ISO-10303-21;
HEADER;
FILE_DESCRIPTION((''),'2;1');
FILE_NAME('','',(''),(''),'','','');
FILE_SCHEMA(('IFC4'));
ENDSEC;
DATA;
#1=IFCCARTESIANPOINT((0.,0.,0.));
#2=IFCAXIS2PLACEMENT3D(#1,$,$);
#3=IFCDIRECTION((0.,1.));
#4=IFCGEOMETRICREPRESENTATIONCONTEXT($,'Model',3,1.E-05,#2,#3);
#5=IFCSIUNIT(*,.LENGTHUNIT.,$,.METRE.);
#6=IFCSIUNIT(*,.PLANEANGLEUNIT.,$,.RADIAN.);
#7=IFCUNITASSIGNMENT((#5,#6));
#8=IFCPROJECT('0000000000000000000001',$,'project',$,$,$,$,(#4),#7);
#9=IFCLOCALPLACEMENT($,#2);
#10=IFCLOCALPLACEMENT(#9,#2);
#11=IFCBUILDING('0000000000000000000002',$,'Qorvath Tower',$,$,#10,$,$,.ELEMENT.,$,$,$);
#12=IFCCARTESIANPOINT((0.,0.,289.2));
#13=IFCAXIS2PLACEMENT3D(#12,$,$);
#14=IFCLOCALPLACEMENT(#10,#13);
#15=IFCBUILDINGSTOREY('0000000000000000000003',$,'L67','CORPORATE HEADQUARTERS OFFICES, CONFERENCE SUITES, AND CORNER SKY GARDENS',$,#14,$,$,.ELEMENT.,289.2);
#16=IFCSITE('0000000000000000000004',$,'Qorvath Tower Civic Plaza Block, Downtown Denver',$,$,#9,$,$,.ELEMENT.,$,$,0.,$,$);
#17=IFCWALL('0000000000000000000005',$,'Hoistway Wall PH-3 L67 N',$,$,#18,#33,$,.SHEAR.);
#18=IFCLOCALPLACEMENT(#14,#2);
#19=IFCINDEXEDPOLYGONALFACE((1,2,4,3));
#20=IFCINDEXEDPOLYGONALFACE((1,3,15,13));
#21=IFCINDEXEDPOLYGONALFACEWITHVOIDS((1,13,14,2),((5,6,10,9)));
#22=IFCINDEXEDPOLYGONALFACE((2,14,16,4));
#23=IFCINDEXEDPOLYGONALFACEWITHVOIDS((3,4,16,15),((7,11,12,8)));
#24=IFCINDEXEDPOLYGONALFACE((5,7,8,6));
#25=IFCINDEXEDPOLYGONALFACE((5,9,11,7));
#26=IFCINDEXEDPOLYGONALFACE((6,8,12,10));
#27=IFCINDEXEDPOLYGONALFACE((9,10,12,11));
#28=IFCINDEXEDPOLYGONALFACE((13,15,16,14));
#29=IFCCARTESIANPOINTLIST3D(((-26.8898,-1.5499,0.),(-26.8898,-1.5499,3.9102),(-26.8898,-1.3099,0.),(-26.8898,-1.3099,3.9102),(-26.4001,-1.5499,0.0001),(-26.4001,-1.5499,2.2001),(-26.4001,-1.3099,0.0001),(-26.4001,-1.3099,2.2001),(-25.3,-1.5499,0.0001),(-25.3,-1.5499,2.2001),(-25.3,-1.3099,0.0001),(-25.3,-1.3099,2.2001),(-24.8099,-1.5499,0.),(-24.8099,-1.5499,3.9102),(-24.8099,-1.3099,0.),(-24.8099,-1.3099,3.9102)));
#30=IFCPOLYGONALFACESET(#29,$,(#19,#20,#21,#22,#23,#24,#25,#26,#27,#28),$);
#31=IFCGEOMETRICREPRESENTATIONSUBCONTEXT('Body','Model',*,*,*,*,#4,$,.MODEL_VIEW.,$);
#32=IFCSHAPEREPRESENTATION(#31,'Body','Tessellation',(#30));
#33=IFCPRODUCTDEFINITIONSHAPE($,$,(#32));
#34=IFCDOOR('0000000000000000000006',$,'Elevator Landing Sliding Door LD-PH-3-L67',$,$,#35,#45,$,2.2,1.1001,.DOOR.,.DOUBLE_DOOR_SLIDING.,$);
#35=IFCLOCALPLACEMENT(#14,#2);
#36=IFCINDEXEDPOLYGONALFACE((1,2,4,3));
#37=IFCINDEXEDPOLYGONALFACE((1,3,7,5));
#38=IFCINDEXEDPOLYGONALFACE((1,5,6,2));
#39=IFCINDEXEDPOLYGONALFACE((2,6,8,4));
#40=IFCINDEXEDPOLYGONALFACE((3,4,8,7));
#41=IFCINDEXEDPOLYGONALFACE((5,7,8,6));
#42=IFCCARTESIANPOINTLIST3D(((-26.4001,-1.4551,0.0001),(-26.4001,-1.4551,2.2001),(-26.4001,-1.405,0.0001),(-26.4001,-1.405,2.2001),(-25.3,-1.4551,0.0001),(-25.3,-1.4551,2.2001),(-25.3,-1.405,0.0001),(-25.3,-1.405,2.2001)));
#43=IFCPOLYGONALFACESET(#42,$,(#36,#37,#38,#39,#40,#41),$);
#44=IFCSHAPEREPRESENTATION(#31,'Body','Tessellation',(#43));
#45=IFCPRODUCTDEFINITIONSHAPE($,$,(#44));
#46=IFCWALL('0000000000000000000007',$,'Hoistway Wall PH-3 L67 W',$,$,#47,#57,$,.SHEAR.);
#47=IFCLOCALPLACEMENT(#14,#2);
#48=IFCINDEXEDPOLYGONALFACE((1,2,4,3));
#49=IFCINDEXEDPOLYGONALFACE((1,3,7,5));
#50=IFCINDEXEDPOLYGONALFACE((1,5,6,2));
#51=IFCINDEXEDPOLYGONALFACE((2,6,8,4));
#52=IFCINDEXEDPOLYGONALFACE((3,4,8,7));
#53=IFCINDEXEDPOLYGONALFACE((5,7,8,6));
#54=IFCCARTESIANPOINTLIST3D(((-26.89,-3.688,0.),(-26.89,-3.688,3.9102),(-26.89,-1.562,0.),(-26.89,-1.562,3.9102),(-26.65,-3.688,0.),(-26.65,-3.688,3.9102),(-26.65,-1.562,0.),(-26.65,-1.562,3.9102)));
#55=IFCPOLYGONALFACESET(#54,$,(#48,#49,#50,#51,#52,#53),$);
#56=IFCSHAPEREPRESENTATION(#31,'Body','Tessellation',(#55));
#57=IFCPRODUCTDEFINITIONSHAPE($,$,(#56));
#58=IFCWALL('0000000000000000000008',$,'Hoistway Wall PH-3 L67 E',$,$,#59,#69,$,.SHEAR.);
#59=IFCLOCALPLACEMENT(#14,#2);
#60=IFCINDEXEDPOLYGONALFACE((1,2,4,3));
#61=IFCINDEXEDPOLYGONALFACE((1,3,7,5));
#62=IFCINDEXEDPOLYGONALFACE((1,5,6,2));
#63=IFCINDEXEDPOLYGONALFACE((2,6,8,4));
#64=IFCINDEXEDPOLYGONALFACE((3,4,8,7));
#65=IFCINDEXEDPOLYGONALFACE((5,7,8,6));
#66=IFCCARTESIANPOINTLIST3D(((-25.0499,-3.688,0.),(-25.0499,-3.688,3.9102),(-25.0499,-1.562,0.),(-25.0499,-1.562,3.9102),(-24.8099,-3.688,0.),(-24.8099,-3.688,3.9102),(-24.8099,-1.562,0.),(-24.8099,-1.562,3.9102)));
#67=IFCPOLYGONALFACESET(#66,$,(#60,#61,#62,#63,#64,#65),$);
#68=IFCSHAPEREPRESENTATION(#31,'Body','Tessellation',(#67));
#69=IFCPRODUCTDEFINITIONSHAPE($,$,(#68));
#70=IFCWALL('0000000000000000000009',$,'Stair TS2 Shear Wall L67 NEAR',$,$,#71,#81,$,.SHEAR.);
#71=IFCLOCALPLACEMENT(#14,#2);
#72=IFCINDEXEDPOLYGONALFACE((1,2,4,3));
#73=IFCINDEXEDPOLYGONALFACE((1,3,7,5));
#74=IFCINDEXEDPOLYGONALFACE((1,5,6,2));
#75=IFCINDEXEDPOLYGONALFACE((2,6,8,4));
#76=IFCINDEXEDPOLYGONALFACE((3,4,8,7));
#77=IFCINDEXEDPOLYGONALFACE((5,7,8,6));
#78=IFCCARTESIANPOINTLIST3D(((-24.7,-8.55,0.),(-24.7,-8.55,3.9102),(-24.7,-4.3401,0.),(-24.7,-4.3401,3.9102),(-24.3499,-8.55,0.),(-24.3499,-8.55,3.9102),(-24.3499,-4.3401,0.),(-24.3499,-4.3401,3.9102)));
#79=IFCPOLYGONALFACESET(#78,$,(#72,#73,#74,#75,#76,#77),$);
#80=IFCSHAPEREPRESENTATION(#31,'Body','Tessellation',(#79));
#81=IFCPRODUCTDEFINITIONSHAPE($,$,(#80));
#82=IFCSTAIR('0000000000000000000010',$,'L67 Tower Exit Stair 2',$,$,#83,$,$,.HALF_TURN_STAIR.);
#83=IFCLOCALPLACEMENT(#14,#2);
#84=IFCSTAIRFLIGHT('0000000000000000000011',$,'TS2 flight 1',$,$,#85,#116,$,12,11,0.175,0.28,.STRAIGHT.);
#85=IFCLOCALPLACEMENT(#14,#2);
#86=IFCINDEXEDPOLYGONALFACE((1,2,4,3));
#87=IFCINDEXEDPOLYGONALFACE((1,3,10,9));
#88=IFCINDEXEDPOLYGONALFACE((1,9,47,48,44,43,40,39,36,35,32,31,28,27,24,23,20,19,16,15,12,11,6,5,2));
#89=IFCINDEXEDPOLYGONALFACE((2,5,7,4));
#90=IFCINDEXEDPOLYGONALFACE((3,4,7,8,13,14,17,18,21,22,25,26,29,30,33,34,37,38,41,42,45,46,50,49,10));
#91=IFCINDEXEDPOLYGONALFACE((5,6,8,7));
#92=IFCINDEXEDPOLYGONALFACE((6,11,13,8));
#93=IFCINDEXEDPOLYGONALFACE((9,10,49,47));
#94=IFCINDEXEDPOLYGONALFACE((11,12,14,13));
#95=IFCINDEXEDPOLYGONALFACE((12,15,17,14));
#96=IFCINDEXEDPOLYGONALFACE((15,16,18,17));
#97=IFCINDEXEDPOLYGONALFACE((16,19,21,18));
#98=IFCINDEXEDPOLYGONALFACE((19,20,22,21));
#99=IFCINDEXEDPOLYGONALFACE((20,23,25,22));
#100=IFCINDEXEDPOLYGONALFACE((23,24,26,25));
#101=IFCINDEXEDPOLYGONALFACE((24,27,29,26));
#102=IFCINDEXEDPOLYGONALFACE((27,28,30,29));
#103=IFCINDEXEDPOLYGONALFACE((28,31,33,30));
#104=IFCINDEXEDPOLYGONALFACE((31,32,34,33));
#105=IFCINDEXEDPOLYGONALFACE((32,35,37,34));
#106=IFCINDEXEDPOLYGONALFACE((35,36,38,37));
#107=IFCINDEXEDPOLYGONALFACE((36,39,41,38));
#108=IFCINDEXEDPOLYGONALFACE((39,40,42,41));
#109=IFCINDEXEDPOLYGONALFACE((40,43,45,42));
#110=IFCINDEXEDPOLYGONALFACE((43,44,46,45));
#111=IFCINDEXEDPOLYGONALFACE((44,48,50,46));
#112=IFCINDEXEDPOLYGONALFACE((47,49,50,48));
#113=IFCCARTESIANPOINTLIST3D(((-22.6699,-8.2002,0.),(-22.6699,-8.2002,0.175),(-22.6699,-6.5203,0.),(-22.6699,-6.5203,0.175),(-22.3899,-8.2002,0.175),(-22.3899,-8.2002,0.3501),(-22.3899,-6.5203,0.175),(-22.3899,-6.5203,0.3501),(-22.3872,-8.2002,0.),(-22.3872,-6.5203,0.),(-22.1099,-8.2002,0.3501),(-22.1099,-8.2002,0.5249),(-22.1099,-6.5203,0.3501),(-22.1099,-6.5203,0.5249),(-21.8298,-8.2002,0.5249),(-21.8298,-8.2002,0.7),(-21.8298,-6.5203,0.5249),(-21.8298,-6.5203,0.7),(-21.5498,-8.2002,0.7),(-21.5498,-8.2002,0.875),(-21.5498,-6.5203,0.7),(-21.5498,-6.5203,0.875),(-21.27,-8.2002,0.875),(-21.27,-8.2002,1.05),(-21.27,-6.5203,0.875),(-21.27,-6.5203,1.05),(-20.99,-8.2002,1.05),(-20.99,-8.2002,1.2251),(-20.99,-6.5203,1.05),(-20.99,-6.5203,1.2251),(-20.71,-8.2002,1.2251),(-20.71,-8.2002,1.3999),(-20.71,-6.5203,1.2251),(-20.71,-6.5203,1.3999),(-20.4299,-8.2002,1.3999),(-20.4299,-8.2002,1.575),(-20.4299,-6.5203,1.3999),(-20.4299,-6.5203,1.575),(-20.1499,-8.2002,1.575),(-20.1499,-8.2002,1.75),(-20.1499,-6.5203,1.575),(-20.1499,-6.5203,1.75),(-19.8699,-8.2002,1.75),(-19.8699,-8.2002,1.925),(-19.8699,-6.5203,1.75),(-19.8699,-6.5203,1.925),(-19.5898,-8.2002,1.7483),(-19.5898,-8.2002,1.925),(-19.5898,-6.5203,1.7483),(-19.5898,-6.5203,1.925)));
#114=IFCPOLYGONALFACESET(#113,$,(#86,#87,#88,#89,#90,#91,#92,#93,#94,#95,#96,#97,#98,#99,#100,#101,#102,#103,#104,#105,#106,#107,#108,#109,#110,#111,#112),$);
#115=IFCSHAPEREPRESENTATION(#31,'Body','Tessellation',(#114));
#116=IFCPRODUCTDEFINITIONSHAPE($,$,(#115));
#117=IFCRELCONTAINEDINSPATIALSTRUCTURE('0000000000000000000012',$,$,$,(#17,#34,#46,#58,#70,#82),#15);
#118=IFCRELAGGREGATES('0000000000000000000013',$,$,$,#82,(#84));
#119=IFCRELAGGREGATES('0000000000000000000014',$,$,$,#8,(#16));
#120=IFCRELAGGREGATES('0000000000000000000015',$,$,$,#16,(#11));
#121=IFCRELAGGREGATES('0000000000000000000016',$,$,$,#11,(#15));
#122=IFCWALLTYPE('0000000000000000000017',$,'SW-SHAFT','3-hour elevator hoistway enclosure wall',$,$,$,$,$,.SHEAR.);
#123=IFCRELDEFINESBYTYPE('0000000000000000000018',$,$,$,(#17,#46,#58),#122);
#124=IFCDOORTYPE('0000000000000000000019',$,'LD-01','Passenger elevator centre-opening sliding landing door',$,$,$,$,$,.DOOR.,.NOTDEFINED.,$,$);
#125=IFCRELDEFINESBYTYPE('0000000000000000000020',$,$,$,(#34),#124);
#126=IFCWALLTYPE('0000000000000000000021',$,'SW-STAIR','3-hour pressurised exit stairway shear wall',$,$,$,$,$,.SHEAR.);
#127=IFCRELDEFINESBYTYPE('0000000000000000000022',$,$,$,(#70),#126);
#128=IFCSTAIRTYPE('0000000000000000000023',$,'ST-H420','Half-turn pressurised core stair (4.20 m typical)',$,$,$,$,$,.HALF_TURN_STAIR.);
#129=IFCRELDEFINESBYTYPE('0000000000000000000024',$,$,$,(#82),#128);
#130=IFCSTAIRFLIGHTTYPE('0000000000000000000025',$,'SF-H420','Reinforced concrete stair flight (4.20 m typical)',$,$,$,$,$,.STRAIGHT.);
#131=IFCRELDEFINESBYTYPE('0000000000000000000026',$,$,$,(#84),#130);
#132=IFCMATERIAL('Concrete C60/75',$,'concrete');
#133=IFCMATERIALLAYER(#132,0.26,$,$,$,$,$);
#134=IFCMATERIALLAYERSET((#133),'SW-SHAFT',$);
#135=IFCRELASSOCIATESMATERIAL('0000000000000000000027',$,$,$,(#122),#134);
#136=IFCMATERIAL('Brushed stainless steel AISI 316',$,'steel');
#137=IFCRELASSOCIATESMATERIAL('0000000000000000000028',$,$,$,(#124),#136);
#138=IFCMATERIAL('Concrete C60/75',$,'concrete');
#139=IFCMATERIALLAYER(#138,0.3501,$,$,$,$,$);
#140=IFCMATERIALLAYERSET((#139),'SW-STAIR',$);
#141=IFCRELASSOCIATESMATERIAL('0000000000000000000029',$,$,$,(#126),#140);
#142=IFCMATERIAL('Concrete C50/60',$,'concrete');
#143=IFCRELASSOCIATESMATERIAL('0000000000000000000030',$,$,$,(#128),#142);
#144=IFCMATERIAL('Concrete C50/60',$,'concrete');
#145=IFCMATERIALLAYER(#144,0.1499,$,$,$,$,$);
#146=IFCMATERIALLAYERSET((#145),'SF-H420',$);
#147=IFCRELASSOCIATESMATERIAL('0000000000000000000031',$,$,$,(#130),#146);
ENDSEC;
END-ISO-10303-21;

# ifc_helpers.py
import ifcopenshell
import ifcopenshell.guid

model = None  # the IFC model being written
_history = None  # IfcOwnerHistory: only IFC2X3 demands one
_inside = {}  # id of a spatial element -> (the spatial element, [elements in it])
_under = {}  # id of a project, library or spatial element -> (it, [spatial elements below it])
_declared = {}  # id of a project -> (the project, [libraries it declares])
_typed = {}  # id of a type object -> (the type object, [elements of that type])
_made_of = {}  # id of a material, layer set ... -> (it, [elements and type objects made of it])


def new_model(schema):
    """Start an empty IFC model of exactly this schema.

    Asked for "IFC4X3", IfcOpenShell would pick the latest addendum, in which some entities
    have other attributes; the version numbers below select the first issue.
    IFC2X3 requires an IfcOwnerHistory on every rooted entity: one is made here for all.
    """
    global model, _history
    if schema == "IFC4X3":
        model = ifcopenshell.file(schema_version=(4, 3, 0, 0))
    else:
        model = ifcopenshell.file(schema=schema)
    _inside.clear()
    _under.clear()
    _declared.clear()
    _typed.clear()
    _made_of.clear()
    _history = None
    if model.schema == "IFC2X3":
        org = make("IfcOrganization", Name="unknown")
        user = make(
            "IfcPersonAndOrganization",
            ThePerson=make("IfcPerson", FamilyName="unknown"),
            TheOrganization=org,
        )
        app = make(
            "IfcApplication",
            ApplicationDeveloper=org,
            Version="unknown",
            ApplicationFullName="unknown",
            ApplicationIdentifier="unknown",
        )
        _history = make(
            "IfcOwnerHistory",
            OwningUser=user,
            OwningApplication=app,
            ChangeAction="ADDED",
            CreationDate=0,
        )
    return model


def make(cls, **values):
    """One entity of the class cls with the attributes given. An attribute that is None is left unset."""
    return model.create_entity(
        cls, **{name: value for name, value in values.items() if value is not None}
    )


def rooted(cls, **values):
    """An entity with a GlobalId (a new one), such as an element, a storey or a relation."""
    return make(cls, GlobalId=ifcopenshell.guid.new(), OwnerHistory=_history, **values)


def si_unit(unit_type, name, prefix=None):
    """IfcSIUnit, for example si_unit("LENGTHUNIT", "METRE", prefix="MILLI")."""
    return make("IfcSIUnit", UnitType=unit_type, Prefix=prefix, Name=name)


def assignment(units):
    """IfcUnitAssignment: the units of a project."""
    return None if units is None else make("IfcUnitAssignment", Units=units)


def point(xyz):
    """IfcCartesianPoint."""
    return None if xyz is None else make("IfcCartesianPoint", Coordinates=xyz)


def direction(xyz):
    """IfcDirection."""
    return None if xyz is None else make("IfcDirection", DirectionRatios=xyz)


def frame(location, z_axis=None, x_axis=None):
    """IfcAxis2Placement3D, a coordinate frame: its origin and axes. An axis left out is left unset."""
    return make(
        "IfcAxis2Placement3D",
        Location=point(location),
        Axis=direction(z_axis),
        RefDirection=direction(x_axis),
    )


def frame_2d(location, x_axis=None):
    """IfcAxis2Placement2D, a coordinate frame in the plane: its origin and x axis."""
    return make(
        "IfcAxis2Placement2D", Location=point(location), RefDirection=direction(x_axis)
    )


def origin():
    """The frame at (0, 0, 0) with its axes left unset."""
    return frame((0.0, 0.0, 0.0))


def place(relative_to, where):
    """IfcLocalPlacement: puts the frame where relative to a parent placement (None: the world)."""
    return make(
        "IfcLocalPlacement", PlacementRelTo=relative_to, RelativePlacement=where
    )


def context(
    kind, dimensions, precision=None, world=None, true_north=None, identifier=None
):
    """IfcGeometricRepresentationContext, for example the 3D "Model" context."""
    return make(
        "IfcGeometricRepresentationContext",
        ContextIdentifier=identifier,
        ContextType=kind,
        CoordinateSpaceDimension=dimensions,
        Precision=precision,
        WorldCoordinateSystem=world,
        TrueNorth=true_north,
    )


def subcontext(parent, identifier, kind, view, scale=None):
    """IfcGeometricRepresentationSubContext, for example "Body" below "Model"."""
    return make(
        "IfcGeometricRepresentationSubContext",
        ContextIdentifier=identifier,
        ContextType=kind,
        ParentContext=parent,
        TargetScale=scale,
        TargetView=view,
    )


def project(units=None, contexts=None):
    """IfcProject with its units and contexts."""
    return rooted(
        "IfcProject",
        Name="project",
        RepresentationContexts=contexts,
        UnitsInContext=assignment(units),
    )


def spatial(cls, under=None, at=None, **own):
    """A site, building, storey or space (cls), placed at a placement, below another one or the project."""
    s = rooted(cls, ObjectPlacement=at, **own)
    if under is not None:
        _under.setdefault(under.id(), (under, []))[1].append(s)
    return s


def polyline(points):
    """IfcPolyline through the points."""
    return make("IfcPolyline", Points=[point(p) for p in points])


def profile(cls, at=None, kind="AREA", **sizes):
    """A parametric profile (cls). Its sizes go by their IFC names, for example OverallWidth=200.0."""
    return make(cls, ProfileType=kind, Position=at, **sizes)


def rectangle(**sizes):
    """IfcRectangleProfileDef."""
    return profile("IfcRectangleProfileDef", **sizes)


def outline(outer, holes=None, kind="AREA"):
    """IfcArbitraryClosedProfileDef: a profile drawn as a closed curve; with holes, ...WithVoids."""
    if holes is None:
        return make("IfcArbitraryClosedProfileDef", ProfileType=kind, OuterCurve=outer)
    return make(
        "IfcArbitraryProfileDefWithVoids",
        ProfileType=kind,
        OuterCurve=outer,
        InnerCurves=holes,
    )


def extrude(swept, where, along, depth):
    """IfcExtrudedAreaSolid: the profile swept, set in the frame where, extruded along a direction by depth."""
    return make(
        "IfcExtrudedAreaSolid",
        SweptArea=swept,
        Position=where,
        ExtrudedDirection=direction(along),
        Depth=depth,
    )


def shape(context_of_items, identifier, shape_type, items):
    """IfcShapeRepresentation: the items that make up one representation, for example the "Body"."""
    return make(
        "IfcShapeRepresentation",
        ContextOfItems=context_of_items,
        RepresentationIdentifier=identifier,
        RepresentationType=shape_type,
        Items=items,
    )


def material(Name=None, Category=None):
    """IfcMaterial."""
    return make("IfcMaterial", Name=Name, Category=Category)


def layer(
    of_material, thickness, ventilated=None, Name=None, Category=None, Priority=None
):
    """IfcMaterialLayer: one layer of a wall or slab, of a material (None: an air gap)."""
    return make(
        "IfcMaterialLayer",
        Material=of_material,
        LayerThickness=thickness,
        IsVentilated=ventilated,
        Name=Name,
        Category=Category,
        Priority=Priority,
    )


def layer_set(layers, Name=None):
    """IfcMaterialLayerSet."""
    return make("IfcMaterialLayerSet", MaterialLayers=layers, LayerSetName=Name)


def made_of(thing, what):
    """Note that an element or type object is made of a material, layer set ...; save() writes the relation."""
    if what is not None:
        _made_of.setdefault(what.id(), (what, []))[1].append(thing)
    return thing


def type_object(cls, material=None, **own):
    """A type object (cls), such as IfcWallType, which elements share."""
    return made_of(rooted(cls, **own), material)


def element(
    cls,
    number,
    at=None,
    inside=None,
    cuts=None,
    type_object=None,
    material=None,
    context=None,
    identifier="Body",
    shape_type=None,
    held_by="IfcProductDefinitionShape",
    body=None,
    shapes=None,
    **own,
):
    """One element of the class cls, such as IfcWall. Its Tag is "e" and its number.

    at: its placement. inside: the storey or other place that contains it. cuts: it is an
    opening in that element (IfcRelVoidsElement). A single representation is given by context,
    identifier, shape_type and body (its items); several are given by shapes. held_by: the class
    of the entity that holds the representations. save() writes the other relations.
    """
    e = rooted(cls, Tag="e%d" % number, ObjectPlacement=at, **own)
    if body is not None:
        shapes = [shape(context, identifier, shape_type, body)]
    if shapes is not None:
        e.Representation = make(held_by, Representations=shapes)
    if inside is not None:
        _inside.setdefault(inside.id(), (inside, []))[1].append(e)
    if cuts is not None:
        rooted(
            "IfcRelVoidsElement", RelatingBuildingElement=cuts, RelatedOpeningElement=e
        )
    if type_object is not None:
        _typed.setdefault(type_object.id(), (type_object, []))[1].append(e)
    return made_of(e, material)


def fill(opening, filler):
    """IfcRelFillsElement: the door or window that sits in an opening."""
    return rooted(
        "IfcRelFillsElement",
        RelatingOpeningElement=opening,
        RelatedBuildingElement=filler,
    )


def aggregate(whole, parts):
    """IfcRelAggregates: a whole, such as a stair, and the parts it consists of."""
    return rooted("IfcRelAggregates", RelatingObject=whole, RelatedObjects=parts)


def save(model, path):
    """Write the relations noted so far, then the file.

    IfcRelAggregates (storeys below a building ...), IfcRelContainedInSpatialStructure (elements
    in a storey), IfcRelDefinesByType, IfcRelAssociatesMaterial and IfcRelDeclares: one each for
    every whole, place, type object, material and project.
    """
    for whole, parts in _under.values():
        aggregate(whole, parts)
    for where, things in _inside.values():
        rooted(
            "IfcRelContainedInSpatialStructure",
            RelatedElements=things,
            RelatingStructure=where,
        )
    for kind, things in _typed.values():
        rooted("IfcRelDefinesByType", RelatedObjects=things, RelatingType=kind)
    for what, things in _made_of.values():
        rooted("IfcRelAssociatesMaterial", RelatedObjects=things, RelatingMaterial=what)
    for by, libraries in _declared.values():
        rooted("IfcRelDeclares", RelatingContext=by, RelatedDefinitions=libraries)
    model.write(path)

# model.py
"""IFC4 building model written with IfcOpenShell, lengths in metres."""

from ifc_helpers import new_model, si_unit, direction, frame, frame_2d, origin, place, context, subcontext, project, spatial, polyline, rectangle, outline, extrude, material, layer, layer_set, type_object, element, fill, aggregate, save


model = new_model("IFC4")

# Units and contexts
model_context = context("Model", 3, precision=1e-05, world=origin(), true_north=direction((0.0, 1.0)))
body_context = subcontext(model_context, "Body", "Model", "MODEL_VIEW")
ifc_project = project(units=[si_unit("LENGTHUNIT", "METRE"), si_unit("PLANEANGLEUNIT", "RADIAN")], contexts=[model_context])

# Site, building, storey
site_placement = place(None, origin())
site = spatial("IfcSite", under=ifc_project, at=site_placement, Name="Qorvath Tower Civic Plaza Block, Downtown Denver", CompositionType="ELEMENT", RefElevation=0.0)
building_placement = place(site_placement, origin())
building = spatial("IfcBuilding", under=site, at=building_placement, Name="Qorvath Tower", CompositionType="ELEMENT")
storey_placement = place(building_placement, frame((0.0, 0.0, 289.2)))
storey = spatial("IfcBuildingStorey", under=building, at=storey_placement, Name="L67", Description="CORPORATE HEADQUARTERS OFFICES, CONFERENCE SUITES, AND CORNER SKY GARDENS", CompositionType="ELEMENT", Elevation=289.2)

# Shared definitions
ifc_material_1 = material(Name="Concrete C60/75", Category="concrete")
ifc_layer_1 = layer(ifc_material_1, 0.26)
ifc_layer_set_1 = layer_set([ifc_layer_1], Name="SW-SHAFT")
wall_type_1 = type_object("IfcWallType", Name="SW-SHAFT", Description="3-hour elevator hoistway enclosure wall", PredefinedType="SHEAR", material=ifc_layer_set_1)

# Wall, opening, door
wall_1_placement = place(storey_placement, frame((-26.8899, -1.4299, 0.0), z_axis=(0.0, 0.0, 1.0), x_axis=(1.0, 0.0, 0.0)))
wall_1 = element("IfcWall", 1, at=wall_1_placement, inside=storey, type_object=wall_type_1, Name="Hoistway Wall PH-3 L67 N", PredefinedType="SHEAR", context=body_context, shape_type="SweptSolid", body=[
    extrude(rectangle(XDim=2.0798, YDim=0.24, at=frame_2d((1.04, 0.0))), origin(), (0.0, 0.0, 1.0), 3.9102),
])
opening_1_placement = place(wall_1_placement, frame((0.4897, 0.0, 0.0)))
opening_1 = element("IfcOpeningElement", 2, at=opening_1_placement, cuts=wall_1, PredefinedType="OPENING", context=body_context, shape_type="SweptSolid", body=[
    extrude(rectangle(XDim=1.1001, YDim=2.2, at=frame_2d((0.55, 1.1001))), frame((0.0, 0.1299, 0.0), z_axis=(0.0, -1.0, 0.0), x_axis=(1.0, 0.0, 0.0)), (0.0, 0.0, 1.0), 0.26),
])
ifc_material_2 = material(Name="Brushed stainless steel AISI 316", Category="steel")
door_type_1 = type_object("IfcDoorType", Name="LD-01", Description="Passenger elevator centre-opening sliding landing door", OperationType="NOTDEFINED", PredefinedType="DOOR", material=ifc_material_2)
door_1_placement = place(opening_1_placement, origin())
door_1 = element("IfcDoor", 3, at=door_1_placement, inside=storey, type_object=door_type_1, Name="Elevator Landing Sliding Door LD-PH-3-L67", OperationType="DOUBLE_DOOR_SLIDING", OverallHeight=2.2, OverallWidth=1.1001, PredefinedType="DOOR", context=body_context, shape_type="SweptSolid", body=[
    extrude(rectangle(XDim=1.1001, YDim=2.2, at=frame_2d((0.55, 1.1001))), frame((0.0, 0.0249, 0.0), z_axis=(0.0, -1.0, 0.0), x_axis=(1.0, 0.0, 0.0)), (0.0, 0.0, 1.0), 0.05),
])
fill(opening_1, door_1)

# Walls
for number, where, z_axis, x_axis, name in (
    (4, (-26.77, -3.688, 0.0), (0.0, 0.0, 1.0), (0.0, 1.0, 0.0), "Hoistway Wall PH-3 L67 W"),
    (5, (-24.9299, -1.562, 0.0), (0.0, 0.0, 1.0), (0.0, -1.0, 0.0), "Hoistway Wall PH-3 L67 E"),
):
    element("IfcWall", number, at=place(storey_placement, frame(where, z_axis=z_axis, x_axis=x_axis)), inside=storey, type_object=wall_type_1, Name=name, PredefinedType="SHEAR", context=body_context, shape_type="SweptSolid", body=[
        extrude(rectangle(XDim=2.126, YDim=0.24, at=frame_2d((1.063, 0.0))), origin(), (0.0, 0.0, 1.0), 3.9102),
    ])
ifc_material_3 = material(Name="Concrete C60/75", Category="concrete")
ifc_layer_2 = layer(ifc_material_3, 0.3501)
ifc_layer_set_2 = layer_set([ifc_layer_2], Name="SW-STAIR")
wall_type_2 = type_object("IfcWallType", Name="SW-STAIR", Description="3-hour pressurised exit stairway shear wall", PredefinedType="SHEAR", material=ifc_layer_set_2)
wall_2_placement = place(storey_placement, frame((-24.5249, -4.3401, 0.0), z_axis=(0.0, 0.0, 1.0), x_axis=(0.0, -1.0, 0.0)))
element("IfcWall", 6, at=wall_2_placement, inside=storey, type_object=wall_type_2, Name="Stair TS2 Shear Wall L67 NEAR", PredefinedType="SHEAR", context=body_context, shape_type="SweptSolid", body=[
    extrude(rectangle(XDim=4.21, YDim=0.3501, at=frame_2d((2.105, 0.0))), origin(), (0.0, 0.0, 1.0), 3.9102),
])

# Stair, stair flight
ifc_material_4 = material(Name="Concrete C50/60", Category="concrete")
stair_type = type_object("IfcStairType", Name="ST-H420", Description="Half-turn pressurised core stair (4.20 m typical)", PredefinedType="HALF_TURN_STAIR", material=ifc_material_4)
stair_placement = place(storey_placement, origin())
stair = element("IfcStair", 7, at=stair_placement, inside=storey, type_object=stair_type, Name="L67 Tower Exit Stair 2", PredefinedType="HALF_TURN_STAIR")
ifc_material_5 = material(Name="Concrete C50/60", Category="concrete")
ifc_layer_3 = layer(ifc_material_5, 0.1499)
ifc_layer_set_3 = layer_set([ifc_layer_3], Name="SF-H420")
stair_flight_type = type_object("IfcStairFlightType", Name="SF-H420", Description="Reinforced concrete stair flight (4.20 m typical)", PredefinedType="STRAIGHT", material=ifc_layer_set_3)
stair_flight_placement = place(storey_placement, frame((-22.6699, -7.3601, 0.0), z_axis=(0.0, 0.0, 1.0), x_axis=(1.0, 0.0, 0.0)))
stair_flight = element("IfcStairFlight", 8, at=stair_flight_placement, type_object=stair_flight_type, Name="TS2 flight 1", NumberOfRisers=12, NumberOfTreads=11, PredefinedType="STRAIGHT", RiserHeight=0.175, TreadLength=0.28, context=body_context, shape_type="SweptSolid", body=[
    extrude(outline(polyline([(0.0, 0.0), (0.0, 0.175), (0.28, 0.175), (0.28, 0.3501), (0.5601, 0.3501), (0.5601, 0.5249), (0.8401, 0.5249), (0.8401, 0.7), (1.1201, 0.7), (1.1201, 0.875), (1.3999, 0.875), (1.3999, 1.05), (1.6799, 1.05), (1.6799, 1.2251), (1.96, 1.2251), (1.96, 1.3999), (2.24, 1.3999), (2.24, 1.575), (2.52, 1.575), (2.52, 1.75), (2.8, 1.75), (2.8, 1.925), (3.0801, 1.925), (3.0801, 2.1001), (3.0801, 1.7483), (0.2827, 0.0), (0.0, 0.0)])), frame((0.0, 0.8398, 0.0), z_axis=(0.0, -1.0, 0.0), x_axis=(1.0, 0.0, 0.0)), (0.0, 0.0, 1.0), 1.6799),
])
aggregate(stair, [stair_flight])

save(model, "model.ifc")
